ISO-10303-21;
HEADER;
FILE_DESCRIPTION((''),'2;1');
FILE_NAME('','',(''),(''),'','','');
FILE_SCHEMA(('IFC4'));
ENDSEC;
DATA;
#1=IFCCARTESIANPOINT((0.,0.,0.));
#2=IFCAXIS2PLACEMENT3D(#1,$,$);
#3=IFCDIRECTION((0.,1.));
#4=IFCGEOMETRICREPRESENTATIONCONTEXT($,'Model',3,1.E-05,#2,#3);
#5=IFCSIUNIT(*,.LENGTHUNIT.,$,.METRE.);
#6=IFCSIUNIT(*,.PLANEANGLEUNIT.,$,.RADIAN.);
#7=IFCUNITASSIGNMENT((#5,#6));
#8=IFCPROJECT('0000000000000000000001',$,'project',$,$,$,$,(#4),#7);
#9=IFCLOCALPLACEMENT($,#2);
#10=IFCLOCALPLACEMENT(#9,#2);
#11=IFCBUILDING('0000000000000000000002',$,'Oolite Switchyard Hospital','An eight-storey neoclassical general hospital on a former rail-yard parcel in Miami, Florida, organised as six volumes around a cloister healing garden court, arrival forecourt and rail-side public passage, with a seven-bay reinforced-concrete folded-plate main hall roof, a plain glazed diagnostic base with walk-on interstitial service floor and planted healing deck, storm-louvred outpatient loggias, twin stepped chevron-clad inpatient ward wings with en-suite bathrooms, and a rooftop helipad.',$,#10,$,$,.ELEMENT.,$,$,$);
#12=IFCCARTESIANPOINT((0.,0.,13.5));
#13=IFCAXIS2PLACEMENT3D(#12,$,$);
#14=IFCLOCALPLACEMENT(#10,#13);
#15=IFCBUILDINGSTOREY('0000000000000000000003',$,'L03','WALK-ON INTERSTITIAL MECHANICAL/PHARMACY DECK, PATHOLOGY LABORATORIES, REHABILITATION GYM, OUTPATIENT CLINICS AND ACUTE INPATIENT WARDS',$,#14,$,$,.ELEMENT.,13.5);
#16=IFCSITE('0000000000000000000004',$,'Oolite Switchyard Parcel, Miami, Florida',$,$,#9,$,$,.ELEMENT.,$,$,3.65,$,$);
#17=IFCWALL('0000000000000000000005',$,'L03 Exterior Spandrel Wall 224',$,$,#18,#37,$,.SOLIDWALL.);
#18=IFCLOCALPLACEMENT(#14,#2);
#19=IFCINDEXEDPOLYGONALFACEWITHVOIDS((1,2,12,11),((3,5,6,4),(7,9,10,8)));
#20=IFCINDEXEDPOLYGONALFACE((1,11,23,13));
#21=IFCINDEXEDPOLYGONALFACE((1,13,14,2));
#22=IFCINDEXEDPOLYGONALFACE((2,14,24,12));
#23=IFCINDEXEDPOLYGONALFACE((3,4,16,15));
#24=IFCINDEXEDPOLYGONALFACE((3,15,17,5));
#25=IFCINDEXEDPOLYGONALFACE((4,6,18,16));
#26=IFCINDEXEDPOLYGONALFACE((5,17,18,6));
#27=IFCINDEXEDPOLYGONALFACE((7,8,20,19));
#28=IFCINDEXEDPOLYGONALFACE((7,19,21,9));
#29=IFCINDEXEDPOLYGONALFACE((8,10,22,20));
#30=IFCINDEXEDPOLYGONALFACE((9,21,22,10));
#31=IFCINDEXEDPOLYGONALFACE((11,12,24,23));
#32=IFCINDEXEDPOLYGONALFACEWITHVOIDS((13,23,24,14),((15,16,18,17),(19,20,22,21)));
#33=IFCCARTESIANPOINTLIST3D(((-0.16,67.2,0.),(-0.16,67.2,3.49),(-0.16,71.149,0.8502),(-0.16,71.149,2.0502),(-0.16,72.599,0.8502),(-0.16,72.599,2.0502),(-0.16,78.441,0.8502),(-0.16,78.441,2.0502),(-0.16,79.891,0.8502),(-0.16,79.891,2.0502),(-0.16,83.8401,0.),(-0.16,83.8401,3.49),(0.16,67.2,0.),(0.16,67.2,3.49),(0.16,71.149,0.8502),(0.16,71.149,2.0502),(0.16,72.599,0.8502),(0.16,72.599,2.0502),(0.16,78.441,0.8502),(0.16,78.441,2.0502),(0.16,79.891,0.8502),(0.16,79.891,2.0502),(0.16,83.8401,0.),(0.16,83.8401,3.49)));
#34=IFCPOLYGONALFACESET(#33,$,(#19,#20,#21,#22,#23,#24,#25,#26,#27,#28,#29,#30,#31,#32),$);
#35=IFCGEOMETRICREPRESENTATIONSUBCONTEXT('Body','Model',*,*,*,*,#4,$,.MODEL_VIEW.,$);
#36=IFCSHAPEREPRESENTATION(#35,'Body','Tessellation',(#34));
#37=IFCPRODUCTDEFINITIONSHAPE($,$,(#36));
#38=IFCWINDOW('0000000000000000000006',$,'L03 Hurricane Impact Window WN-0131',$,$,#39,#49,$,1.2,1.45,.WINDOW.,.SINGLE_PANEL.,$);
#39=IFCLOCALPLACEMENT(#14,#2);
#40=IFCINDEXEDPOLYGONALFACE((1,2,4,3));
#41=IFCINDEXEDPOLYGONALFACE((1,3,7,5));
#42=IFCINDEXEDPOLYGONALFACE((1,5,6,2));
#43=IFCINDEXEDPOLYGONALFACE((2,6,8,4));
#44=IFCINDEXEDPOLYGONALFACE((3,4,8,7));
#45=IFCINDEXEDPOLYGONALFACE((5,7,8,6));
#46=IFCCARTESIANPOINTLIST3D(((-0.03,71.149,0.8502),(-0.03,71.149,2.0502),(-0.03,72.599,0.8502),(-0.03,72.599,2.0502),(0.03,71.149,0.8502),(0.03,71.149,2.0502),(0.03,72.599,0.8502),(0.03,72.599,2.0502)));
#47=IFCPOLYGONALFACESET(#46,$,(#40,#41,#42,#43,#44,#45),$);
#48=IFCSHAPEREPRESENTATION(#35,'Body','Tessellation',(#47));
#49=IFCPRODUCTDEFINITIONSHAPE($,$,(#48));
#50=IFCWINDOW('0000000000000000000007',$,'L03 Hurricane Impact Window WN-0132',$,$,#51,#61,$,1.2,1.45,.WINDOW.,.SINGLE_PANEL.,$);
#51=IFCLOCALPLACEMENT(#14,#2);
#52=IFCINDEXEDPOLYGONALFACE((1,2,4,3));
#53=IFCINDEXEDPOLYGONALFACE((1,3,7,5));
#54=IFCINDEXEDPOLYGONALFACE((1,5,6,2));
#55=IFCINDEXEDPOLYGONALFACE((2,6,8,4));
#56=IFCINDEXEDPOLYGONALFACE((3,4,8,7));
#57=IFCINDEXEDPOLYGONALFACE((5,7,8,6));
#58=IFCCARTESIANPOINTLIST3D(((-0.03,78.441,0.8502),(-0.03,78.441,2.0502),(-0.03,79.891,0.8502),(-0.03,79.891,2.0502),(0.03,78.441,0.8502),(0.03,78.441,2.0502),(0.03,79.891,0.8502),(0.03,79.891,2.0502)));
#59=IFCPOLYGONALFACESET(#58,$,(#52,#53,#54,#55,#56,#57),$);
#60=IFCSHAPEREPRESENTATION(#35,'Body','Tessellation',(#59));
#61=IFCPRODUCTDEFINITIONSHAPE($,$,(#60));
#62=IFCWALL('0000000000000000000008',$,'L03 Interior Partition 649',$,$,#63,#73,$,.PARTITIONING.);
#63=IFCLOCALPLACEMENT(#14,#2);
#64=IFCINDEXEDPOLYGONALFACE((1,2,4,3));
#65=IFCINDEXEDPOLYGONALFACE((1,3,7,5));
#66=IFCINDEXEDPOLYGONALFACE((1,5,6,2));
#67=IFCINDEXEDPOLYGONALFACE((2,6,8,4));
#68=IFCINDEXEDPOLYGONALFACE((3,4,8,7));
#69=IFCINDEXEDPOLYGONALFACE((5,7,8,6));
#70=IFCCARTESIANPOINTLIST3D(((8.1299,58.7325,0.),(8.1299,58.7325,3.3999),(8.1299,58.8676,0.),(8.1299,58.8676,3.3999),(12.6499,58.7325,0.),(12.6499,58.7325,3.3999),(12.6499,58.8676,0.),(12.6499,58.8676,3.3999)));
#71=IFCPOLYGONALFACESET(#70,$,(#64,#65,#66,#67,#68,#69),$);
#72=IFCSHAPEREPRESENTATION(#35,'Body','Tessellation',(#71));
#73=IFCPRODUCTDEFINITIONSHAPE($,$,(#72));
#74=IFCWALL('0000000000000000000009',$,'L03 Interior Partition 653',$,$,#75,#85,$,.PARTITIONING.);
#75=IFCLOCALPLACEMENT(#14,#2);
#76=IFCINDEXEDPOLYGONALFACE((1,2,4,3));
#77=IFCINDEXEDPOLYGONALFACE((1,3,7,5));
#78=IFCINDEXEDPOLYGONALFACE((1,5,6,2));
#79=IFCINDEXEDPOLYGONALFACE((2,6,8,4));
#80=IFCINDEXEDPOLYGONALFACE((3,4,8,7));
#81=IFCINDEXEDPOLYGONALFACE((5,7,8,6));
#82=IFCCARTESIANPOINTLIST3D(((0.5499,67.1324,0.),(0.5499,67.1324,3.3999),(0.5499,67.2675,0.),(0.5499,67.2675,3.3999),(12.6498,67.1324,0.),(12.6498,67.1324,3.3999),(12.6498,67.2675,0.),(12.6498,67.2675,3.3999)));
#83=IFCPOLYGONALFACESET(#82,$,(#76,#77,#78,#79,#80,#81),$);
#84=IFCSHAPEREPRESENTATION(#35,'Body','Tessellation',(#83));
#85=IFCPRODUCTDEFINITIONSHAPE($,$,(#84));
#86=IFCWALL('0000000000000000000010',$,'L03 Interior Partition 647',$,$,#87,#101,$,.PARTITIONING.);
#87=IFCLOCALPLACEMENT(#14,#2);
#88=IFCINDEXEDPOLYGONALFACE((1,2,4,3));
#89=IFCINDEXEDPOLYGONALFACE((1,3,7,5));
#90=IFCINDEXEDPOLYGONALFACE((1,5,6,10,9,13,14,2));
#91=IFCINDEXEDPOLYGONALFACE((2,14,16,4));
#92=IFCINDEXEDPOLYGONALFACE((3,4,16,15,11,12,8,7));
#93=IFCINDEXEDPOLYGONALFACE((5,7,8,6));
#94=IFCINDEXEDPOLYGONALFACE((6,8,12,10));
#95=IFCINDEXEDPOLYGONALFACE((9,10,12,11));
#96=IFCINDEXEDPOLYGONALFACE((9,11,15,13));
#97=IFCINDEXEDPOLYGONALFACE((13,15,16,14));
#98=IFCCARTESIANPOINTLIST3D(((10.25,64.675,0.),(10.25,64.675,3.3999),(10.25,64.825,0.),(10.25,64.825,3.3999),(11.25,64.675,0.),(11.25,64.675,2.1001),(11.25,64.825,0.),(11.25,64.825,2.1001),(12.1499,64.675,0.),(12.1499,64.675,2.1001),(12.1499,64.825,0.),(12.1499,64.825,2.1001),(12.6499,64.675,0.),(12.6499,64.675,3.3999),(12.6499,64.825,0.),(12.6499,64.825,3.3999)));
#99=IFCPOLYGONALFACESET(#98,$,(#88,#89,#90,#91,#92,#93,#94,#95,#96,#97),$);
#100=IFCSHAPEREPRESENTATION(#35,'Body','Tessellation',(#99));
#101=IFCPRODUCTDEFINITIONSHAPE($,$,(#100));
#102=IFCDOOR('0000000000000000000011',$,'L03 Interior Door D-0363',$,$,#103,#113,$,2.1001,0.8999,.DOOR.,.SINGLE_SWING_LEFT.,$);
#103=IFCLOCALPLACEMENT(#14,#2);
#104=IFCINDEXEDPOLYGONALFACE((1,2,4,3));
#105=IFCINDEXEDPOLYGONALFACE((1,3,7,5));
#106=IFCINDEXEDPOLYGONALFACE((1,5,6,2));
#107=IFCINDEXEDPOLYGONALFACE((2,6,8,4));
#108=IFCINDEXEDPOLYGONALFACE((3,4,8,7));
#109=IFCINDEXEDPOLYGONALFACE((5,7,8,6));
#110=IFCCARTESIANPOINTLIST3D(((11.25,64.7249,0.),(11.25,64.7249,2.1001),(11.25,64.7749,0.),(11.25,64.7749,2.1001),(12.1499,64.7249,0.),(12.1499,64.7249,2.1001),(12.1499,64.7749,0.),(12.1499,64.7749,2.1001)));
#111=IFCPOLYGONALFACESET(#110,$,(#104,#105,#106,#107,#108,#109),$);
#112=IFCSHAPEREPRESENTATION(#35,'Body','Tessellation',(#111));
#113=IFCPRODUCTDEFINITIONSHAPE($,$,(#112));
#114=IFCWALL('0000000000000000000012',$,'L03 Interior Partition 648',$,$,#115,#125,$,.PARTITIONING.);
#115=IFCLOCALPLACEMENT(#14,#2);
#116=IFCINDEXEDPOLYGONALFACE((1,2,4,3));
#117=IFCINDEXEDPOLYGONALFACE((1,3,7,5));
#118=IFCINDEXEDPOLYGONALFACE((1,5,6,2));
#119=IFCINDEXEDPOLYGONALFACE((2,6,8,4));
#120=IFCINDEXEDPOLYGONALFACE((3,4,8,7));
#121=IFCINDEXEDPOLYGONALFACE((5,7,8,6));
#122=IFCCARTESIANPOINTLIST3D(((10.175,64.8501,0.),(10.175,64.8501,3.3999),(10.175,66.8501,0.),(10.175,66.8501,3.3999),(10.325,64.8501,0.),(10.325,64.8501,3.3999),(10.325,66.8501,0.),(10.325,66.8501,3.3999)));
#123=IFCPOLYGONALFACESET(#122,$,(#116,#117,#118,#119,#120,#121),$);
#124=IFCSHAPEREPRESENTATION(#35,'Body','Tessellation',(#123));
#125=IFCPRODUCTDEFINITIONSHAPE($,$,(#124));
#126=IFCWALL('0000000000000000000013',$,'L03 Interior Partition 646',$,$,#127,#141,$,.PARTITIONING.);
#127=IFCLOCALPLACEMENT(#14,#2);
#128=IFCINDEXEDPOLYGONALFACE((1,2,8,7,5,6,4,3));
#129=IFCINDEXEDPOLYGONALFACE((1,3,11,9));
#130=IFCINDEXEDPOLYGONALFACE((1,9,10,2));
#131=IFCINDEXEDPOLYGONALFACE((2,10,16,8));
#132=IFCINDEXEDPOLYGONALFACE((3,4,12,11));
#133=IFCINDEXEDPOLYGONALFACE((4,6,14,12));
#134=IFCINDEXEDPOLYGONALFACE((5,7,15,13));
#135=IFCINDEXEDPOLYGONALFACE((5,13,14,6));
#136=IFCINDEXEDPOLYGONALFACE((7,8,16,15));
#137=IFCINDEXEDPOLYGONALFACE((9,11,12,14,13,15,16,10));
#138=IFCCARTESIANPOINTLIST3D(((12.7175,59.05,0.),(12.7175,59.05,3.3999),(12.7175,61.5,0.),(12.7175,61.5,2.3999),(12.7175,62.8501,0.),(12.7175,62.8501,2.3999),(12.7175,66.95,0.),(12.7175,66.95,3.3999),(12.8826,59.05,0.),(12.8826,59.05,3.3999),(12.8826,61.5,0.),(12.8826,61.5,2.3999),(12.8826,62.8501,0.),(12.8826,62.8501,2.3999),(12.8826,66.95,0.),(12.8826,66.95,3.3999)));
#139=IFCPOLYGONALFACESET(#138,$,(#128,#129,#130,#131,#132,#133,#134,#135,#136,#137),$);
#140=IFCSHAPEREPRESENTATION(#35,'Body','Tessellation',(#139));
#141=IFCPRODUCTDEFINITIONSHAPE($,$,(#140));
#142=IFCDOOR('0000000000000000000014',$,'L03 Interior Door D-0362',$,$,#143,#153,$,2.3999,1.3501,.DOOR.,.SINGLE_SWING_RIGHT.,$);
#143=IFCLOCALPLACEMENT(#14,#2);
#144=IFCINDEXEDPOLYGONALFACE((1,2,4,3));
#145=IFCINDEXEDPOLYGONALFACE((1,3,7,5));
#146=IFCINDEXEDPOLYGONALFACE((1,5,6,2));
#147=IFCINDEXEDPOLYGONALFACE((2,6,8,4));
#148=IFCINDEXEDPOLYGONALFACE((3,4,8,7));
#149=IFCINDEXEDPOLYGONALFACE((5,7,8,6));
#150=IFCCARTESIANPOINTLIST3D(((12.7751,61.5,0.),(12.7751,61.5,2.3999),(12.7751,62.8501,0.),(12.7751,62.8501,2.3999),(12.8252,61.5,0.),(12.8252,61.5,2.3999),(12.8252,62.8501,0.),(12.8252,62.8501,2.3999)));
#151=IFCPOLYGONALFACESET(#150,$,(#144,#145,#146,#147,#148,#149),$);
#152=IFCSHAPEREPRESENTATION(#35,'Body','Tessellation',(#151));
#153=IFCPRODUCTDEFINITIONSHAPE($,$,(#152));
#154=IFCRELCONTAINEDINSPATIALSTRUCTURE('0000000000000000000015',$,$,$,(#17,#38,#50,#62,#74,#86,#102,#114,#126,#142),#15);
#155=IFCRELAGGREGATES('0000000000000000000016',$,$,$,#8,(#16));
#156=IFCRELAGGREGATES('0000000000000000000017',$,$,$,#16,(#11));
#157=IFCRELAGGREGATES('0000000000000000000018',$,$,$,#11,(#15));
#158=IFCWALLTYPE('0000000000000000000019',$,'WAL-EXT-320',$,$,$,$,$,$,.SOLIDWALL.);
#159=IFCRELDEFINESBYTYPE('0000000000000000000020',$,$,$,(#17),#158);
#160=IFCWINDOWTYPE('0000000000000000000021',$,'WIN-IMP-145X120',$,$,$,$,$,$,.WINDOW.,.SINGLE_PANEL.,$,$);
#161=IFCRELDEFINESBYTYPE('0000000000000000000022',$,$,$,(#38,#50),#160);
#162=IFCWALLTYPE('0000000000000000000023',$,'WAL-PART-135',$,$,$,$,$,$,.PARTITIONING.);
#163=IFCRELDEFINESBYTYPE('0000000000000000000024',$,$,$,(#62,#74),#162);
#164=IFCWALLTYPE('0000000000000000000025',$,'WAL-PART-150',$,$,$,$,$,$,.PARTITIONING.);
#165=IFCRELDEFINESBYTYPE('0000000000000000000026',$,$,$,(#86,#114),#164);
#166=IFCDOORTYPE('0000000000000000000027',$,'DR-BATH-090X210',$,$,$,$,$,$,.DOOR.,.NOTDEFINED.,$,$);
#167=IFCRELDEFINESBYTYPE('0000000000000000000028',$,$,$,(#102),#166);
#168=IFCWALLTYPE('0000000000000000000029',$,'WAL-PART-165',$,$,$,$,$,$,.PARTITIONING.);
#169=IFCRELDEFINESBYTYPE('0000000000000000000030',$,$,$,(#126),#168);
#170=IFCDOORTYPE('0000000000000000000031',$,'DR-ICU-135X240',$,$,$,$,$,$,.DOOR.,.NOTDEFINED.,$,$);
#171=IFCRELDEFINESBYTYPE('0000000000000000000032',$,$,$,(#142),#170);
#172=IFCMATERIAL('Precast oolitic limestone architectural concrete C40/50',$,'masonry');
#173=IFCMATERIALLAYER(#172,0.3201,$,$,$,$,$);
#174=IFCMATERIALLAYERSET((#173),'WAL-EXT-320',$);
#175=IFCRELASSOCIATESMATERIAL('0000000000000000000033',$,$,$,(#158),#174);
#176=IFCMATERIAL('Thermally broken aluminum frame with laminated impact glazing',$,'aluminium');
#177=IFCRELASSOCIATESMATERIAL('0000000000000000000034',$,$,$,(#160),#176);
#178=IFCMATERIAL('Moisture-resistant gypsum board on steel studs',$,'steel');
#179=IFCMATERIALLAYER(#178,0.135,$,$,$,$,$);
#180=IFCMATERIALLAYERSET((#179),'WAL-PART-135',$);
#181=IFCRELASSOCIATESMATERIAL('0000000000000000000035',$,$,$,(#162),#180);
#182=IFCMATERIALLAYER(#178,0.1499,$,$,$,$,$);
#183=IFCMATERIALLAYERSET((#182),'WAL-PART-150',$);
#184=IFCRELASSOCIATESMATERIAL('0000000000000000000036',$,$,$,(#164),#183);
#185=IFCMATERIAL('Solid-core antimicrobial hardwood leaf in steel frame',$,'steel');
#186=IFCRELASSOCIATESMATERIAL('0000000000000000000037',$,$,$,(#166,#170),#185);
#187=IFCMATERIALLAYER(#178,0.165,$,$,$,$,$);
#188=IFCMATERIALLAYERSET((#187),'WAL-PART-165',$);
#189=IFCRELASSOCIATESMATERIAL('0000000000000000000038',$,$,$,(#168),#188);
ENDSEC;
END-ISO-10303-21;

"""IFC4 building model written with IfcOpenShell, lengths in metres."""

from ifc_helpers import new_model, si_unit, direction, frame, frame_2d, origin, place, context, subcontext, project, spatial, rectangle, extrude, material, layer, layer_set, type_object, element, fill, save


model = new_model("IFC4")

# Units and contexts
model_context = context("Model", 3, precision=1e-05, world=origin(), true_north=direction((0.0, 1.0)))
body_context = subcontext(model_context, "Body", "Model", "MODEL_VIEW")
ifc_project = project(units=[si_unit("LENGTHUNIT", "METRE"), si_unit("PLANEANGLEUNIT", "RADIAN")], contexts=[model_context])

# Site, building, storey
site_placement = place(None, origin())
site = spatial("IfcSite", under=ifc_project, at=site_placement, Name="Oolite Switchyard Parcel, Miami, Florida", CompositionType="ELEMENT", RefElevation=3.65)
building_placement = place(site_placement, origin())
building = spatial("IfcBuilding", under=site, at=building_placement, Name="Oolite Switchyard Hospital", Description="An eight-storey neoclassical general hospital on a former rail-yard parcel in Miami, Florida, organised as six volumes around a cloister healing garden court, arrival forecourt and rail-side public passage, with a seven-bay reinforced-concrete folded-plate main hall roof, a plain glazed diagnostic base with walk-on interstitial service floor and planted healing deck, storm-louvred outpatient loggias, twin stepped chevron-clad inpatient ward wings with en-suite bathrooms, and a rooftop helipad.", CompositionType="ELEMENT")
storey_placement = place(building_placement, frame((0.0, 0.0, 13.5)))
storey = spatial("IfcBuildingStorey", under=building, at=storey_placement, Name="L03", Description="WALK-ON INTERSTITIAL MECHANICAL/PHARMACY DECK, PATHOLOGY LABORATORIES, REHABILITATION GYM, OUTPATIENT CLINICS AND ACUTE INPATIENT WARDS", CompositionType="ELEMENT", Elevation=13.5)

# Shared definitions
ifc_material_1 = material(Name="Precast oolitic limestone architectural concrete C40/50", Category="masonry")

# Wall, openings, windows
ifc_layer_1 = layer(ifc_material_1, 0.3201)
ifc_layer_set_1 = layer_set([ifc_layer_1], Name="WAL-EXT-320")
wall_type_1 = type_object("IfcWallType", Name="WAL-EXT-320", PredefinedType="SOLIDWALL", material=ifc_layer_set_1)
wall_1_placement = place(storey_placement, frame((0.0, 67.2, 0.0), z_axis=(0.0, 0.0, 1.0), x_axis=(0.0, 1.0, 0.0)))
wall_1 = element("IfcWall", 1, at=wall_1_placement, inside=storey, type_object=wall_type_1, Name="L03 Exterior Spandrel Wall 224", PredefinedType="SOLIDWALL", context=body_context, shape_type="SweptSolid", body=[
    extrude(rectangle(XDim=16.6401, YDim=0.3201, at=frame_2d((8.3201, 0.0))), origin(), (0.0, 0.0, 1.0), 3.49),
])
opening_1_placement = place(wall_1_placement, frame((3.949, 0.0, 0.8501)))
opening_1 = element("IfcOpeningElement", 2, at=opening_1_placement, cuts=wall_1, PredefinedType="OPENING", context=body_context, shape_type="SweptSolid", body=[
    extrude(rectangle(XDim=1.45, YDim=1.2, at=frame_2d((0.7251, 0.6001))), frame((0.0, 0.1699, 0.0), z_axis=(0.0, -1.0, 0.0), x_axis=(1.0, 0.0, 0.0)), (0.0, 0.0, 1.0), 0.3401),
])
opening_2_placement = place(wall_1_placement, frame((11.241, 0.0, 0.8501)))
opening_2 = element("IfcOpeningElement", 3, at=opening_2_placement, cuts=wall_1, PredefinedType="OPENING", context=body_context, shape_type="SweptSolid", body=[
    extrude(rectangle(XDim=1.45, YDim=1.2, at=frame_2d((0.7251, 0.6001))), frame((0.0, 0.1699, 0.0), z_axis=(0.0, -1.0, 0.0), x_axis=(1.0, 0.0, 0.0)), (0.0, 0.0, 1.0), 0.3401),
])
ifc_material_2 = material(Name="Thermally broken aluminum frame with laminated impact glazing", Category="aluminium")
window_type = type_object("IfcWindowType", Name="WIN-IMP-145X120", PartitioningType="SINGLE_PANEL", PredefinedType="WINDOW", material=ifc_material_2)
window_1_placement = place(opening_1_placement, origin())
window_1 = element("IfcWindow", 4, at=window_1_placement, inside=storey, type_object=window_type, Name="L03 Hurricane Impact Window WN-0131", OverallHeight=1.2, OverallWidth=1.45, PartitioningType="SINGLE_PANEL", PredefinedType="WINDOW", context=body_context, shape_type="SweptSolid", body=[
    extrude(rectangle(XDim=1.45, YDim=1.2, at=frame_2d((0.7251, 0.6001))), frame((0.0, 0.03, 0.0), z_axis=(0.0, -1.0, 0.0), x_axis=(1.0, 0.0, 0.0)), (0.0, 0.0, 1.0), 0.0601),
])
fill(opening_1, window_1)
window_2_placement = place(opening_2_placement, origin())
window_2 = element("IfcWindow", 5, at=window_2_placement, inside=storey, type_object=window_type, Name="L03 Hurricane Impact Window WN-0132", OverallHeight=1.2, OverallWidth=1.45, PartitioningType="SINGLE_PANEL", PredefinedType="WINDOW", context=body_context, shape_type="SweptSolid", body=[
    extrude(rectangle(XDim=1.45, YDim=1.2, at=frame_2d((0.7251, 0.6001))), frame((0.0, 0.03, 0.0), z_axis=(0.0, -1.0, 0.0), x_axis=(1.0, 0.0, 0.0)), (0.0, 0.0, 1.0), 0.0601),
])
fill(opening_2, window_2)

# Walls
ifc_material_3 = material(Name="Moisture-resistant gypsum board on steel studs", Category="steel")
ifc_layer_2 = layer(ifc_material_3, 0.135)
ifc_layer_set_2 = layer_set([ifc_layer_2], Name="WAL-PART-135")
wall_type_2 = type_object("IfcWallType", Name="WAL-PART-135", PredefinedType="PARTITIONING", material=ifc_layer_set_2)
wall_2_placement = place(storey_placement, frame((8.1299, 58.8, 0.0), z_axis=(0.0, 0.0, 1.0), x_axis=(1.0, 0.0, 0.0)))
element("IfcWall", 6, at=wall_2_placement, inside=storey, type_object=wall_type_2, Name="L03 Interior Partition 649", PredefinedType="PARTITIONING", context=body_context, shape_type="SweptSolid", body=[
    extrude(rectangle(XDim=4.52, YDim=0.135, at=frame_2d((2.26, 0.0))), origin(), (0.0, 0.0, 1.0), 3.3999),
])
wall_3_placement = place(storey_placement, frame((0.55, 67.2, 0.0), z_axis=(0.0, 0.0, 1.0), x_axis=(1.0, 0.0, 0.0)))
element("IfcWall", 7, at=wall_3_placement, inside=storey, type_object=wall_type_2, Name="L03 Interior Partition 653", PredefinedType="PARTITIONING", context=body_context, shape_type="SweptSolid", body=[
    extrude(rectangle(XDim=12.0999, YDim=0.135, at=frame_2d((6.0498, 0.0))), origin(), (0.0, 0.0, 1.0), 3.3999),
])

# Wall, opening, door
ifc_layer_3 = layer(ifc_material_3, 0.1499)
ifc_layer_set_3 = layer_set([ifc_layer_3], Name="WAL-PART-150")
wall_type_3 = type_object("IfcWallType", Name="WAL-PART-150", PredefinedType="PARTITIONING", material=ifc_layer_set_3)
wall_4_placement = place(storey_placement, frame((10.25, 64.75, 0.0), z_axis=(0.0, 0.0, 1.0), x_axis=(1.0, 0.0, 0.0)))
wall_4 = element("IfcWall", 8, at=wall_4_placement, inside=storey, type_object=wall_type_3, Name="L03 Interior Partition 647", PredefinedType="PARTITIONING", context=body_context, shape_type="SweptSolid", body=[
    extrude(rectangle(XDim=2.3999, YDim=0.1499, at=frame_2d((1.2, 0.0))), origin(), (0.0, 0.0, 1.0), 3.3999),
])
opening_3_placement = place(wall_4_placement, frame((1.0, 0.0, 0.0)))
opening_3 = element("IfcOpeningElement", 9, at=opening_3_placement, cuts=wall_4, PredefinedType="OPENING", context=body_context, shape_type="SweptSolid", body=[
    extrude(rectangle(XDim=0.8999, YDim=2.1001, at=frame_2d((0.45, 1.05))), frame((0.0, 0.085, 0.0), z_axis=(0.0, -1.0, 0.0), x_axis=(1.0, 0.0, 0.0)), (0.0, 0.0, 1.0), 0.1699),
])
ifc_material_4 = material(Name="Solid-core antimicrobial hardwood leaf in steel frame", Category="steel")
door_type_1 = type_object("IfcDoorType", Name="DR-BATH-090X210", OperationType="NOTDEFINED", PredefinedType="DOOR", material=ifc_material_4)
door_1_placement = place(opening_3_placement, origin())
door_1 = element("IfcDoor", 10, at=door_1_placement, inside=storey, type_object=door_type_1, Name="L03 Interior Door D-0363", OperationType="SINGLE_SWING_LEFT", OverallHeight=2.1001, OverallWidth=0.8999, PredefinedType="DOOR", context=body_context, shape_type="SweptSolid", body=[
    extrude(rectangle(XDim=0.8999, YDim=2.1001, at=frame_2d((0.45, 1.05))), frame((0.0, 0.0249, 0.0), z_axis=(0.0, -1.0, 0.0), x_axis=(1.0, 0.0, 0.0)), (0.0, 0.0, 1.0), 0.05),
])
fill(opening_3, door_1)

# Wall
wall_5_placement = place(storey_placement, frame((10.25, 64.8501, 0.0), z_axis=(0.0, 0.0, 1.0), x_axis=(0.0, 1.0, 0.0)))
element("IfcWall", 11, at=wall_5_placement, inside=storey, type_object=wall_type_3, Name="L03 Interior Partition 648", PredefinedType="PARTITIONING", context=body_context, shape_type="SweptSolid", body=[
    extrude(rectangle(XDim=2.0, YDim=0.1499, at=frame_2d((1.0, 0.0))), origin(), (0.0, 0.0, 1.0), 3.3999),
])

# Wall, opening, door
ifc_layer_4 = layer(ifc_material_3, 0.165)
ifc_layer_set_4 = layer_set([ifc_layer_4], Name="WAL-PART-165")
wall_type_4 = type_object("IfcWallType", Name="WAL-PART-165", PredefinedType="PARTITIONING", material=ifc_layer_set_4)
wall_6_placement = place(storey_placement, frame((12.8, 59.05, 0.0), z_axis=(0.0, 0.0, 1.0), x_axis=(0.0, 1.0, 0.0)))
wall_6 = element("IfcWall", 12, at=wall_6_placement, inside=storey, type_object=wall_type_4, Name="L03 Interior Partition 646", PredefinedType="PARTITIONING", context=body_context, shape_type="SweptSolid", body=[
    extrude(rectangle(XDim=7.8999, YDim=0.165, at=frame_2d((3.95, 0.0))), origin(), (0.0, 0.0, 1.0), 3.3999),
])
opening_4_placement = place(wall_6_placement, frame((2.45, 0.0, 0.0)))
opening_4 = element("IfcOpeningElement", 13, at=opening_4_placement, cuts=wall_6, PredefinedType="OPENING", context=body_context, shape_type="SweptSolid", body=[
    extrude(rectangle(XDim=1.3501, YDim=2.3999, at=frame_2d((0.675, 1.2))), frame((0.0, 0.0925, 0.0), z_axis=(0.0, -1.0, 0.0), x_axis=(1.0, 0.0, 0.0)), (0.0, 0.0, 1.0), 0.1851),
])
door_type_2 = type_object("IfcDoorType", Name="DR-ICU-135X240", OperationType="NOTDEFINED", PredefinedType="DOOR", material=ifc_material_4)
door_2_placement = place(opening_4_placement, origin())
door_2 = element("IfcDoor", 14, at=door_2_placement, inside=storey, type_object=door_type_2, Name="L03 Interior Door D-0362", OperationType="SINGLE_SWING_RIGHT", OverallHeight=2.3999, OverallWidth=1.3501, PredefinedType="DOOR", context=body_context, shape_type="SweptSolid", body=[
    extrude(rectangle(XDim=1.3501, YDim=2.3999, at=frame_2d((0.675, 1.2))), frame((0.0, 0.0249, 0.0), z_axis=(0.0, -1.0, 0.0), x_axis=(1.0, 0.0, 0.0)), (0.0, 0.0, 1.0), 0.05),
])
fill(opening_4, door_2)

save(model, "model.ifc")
